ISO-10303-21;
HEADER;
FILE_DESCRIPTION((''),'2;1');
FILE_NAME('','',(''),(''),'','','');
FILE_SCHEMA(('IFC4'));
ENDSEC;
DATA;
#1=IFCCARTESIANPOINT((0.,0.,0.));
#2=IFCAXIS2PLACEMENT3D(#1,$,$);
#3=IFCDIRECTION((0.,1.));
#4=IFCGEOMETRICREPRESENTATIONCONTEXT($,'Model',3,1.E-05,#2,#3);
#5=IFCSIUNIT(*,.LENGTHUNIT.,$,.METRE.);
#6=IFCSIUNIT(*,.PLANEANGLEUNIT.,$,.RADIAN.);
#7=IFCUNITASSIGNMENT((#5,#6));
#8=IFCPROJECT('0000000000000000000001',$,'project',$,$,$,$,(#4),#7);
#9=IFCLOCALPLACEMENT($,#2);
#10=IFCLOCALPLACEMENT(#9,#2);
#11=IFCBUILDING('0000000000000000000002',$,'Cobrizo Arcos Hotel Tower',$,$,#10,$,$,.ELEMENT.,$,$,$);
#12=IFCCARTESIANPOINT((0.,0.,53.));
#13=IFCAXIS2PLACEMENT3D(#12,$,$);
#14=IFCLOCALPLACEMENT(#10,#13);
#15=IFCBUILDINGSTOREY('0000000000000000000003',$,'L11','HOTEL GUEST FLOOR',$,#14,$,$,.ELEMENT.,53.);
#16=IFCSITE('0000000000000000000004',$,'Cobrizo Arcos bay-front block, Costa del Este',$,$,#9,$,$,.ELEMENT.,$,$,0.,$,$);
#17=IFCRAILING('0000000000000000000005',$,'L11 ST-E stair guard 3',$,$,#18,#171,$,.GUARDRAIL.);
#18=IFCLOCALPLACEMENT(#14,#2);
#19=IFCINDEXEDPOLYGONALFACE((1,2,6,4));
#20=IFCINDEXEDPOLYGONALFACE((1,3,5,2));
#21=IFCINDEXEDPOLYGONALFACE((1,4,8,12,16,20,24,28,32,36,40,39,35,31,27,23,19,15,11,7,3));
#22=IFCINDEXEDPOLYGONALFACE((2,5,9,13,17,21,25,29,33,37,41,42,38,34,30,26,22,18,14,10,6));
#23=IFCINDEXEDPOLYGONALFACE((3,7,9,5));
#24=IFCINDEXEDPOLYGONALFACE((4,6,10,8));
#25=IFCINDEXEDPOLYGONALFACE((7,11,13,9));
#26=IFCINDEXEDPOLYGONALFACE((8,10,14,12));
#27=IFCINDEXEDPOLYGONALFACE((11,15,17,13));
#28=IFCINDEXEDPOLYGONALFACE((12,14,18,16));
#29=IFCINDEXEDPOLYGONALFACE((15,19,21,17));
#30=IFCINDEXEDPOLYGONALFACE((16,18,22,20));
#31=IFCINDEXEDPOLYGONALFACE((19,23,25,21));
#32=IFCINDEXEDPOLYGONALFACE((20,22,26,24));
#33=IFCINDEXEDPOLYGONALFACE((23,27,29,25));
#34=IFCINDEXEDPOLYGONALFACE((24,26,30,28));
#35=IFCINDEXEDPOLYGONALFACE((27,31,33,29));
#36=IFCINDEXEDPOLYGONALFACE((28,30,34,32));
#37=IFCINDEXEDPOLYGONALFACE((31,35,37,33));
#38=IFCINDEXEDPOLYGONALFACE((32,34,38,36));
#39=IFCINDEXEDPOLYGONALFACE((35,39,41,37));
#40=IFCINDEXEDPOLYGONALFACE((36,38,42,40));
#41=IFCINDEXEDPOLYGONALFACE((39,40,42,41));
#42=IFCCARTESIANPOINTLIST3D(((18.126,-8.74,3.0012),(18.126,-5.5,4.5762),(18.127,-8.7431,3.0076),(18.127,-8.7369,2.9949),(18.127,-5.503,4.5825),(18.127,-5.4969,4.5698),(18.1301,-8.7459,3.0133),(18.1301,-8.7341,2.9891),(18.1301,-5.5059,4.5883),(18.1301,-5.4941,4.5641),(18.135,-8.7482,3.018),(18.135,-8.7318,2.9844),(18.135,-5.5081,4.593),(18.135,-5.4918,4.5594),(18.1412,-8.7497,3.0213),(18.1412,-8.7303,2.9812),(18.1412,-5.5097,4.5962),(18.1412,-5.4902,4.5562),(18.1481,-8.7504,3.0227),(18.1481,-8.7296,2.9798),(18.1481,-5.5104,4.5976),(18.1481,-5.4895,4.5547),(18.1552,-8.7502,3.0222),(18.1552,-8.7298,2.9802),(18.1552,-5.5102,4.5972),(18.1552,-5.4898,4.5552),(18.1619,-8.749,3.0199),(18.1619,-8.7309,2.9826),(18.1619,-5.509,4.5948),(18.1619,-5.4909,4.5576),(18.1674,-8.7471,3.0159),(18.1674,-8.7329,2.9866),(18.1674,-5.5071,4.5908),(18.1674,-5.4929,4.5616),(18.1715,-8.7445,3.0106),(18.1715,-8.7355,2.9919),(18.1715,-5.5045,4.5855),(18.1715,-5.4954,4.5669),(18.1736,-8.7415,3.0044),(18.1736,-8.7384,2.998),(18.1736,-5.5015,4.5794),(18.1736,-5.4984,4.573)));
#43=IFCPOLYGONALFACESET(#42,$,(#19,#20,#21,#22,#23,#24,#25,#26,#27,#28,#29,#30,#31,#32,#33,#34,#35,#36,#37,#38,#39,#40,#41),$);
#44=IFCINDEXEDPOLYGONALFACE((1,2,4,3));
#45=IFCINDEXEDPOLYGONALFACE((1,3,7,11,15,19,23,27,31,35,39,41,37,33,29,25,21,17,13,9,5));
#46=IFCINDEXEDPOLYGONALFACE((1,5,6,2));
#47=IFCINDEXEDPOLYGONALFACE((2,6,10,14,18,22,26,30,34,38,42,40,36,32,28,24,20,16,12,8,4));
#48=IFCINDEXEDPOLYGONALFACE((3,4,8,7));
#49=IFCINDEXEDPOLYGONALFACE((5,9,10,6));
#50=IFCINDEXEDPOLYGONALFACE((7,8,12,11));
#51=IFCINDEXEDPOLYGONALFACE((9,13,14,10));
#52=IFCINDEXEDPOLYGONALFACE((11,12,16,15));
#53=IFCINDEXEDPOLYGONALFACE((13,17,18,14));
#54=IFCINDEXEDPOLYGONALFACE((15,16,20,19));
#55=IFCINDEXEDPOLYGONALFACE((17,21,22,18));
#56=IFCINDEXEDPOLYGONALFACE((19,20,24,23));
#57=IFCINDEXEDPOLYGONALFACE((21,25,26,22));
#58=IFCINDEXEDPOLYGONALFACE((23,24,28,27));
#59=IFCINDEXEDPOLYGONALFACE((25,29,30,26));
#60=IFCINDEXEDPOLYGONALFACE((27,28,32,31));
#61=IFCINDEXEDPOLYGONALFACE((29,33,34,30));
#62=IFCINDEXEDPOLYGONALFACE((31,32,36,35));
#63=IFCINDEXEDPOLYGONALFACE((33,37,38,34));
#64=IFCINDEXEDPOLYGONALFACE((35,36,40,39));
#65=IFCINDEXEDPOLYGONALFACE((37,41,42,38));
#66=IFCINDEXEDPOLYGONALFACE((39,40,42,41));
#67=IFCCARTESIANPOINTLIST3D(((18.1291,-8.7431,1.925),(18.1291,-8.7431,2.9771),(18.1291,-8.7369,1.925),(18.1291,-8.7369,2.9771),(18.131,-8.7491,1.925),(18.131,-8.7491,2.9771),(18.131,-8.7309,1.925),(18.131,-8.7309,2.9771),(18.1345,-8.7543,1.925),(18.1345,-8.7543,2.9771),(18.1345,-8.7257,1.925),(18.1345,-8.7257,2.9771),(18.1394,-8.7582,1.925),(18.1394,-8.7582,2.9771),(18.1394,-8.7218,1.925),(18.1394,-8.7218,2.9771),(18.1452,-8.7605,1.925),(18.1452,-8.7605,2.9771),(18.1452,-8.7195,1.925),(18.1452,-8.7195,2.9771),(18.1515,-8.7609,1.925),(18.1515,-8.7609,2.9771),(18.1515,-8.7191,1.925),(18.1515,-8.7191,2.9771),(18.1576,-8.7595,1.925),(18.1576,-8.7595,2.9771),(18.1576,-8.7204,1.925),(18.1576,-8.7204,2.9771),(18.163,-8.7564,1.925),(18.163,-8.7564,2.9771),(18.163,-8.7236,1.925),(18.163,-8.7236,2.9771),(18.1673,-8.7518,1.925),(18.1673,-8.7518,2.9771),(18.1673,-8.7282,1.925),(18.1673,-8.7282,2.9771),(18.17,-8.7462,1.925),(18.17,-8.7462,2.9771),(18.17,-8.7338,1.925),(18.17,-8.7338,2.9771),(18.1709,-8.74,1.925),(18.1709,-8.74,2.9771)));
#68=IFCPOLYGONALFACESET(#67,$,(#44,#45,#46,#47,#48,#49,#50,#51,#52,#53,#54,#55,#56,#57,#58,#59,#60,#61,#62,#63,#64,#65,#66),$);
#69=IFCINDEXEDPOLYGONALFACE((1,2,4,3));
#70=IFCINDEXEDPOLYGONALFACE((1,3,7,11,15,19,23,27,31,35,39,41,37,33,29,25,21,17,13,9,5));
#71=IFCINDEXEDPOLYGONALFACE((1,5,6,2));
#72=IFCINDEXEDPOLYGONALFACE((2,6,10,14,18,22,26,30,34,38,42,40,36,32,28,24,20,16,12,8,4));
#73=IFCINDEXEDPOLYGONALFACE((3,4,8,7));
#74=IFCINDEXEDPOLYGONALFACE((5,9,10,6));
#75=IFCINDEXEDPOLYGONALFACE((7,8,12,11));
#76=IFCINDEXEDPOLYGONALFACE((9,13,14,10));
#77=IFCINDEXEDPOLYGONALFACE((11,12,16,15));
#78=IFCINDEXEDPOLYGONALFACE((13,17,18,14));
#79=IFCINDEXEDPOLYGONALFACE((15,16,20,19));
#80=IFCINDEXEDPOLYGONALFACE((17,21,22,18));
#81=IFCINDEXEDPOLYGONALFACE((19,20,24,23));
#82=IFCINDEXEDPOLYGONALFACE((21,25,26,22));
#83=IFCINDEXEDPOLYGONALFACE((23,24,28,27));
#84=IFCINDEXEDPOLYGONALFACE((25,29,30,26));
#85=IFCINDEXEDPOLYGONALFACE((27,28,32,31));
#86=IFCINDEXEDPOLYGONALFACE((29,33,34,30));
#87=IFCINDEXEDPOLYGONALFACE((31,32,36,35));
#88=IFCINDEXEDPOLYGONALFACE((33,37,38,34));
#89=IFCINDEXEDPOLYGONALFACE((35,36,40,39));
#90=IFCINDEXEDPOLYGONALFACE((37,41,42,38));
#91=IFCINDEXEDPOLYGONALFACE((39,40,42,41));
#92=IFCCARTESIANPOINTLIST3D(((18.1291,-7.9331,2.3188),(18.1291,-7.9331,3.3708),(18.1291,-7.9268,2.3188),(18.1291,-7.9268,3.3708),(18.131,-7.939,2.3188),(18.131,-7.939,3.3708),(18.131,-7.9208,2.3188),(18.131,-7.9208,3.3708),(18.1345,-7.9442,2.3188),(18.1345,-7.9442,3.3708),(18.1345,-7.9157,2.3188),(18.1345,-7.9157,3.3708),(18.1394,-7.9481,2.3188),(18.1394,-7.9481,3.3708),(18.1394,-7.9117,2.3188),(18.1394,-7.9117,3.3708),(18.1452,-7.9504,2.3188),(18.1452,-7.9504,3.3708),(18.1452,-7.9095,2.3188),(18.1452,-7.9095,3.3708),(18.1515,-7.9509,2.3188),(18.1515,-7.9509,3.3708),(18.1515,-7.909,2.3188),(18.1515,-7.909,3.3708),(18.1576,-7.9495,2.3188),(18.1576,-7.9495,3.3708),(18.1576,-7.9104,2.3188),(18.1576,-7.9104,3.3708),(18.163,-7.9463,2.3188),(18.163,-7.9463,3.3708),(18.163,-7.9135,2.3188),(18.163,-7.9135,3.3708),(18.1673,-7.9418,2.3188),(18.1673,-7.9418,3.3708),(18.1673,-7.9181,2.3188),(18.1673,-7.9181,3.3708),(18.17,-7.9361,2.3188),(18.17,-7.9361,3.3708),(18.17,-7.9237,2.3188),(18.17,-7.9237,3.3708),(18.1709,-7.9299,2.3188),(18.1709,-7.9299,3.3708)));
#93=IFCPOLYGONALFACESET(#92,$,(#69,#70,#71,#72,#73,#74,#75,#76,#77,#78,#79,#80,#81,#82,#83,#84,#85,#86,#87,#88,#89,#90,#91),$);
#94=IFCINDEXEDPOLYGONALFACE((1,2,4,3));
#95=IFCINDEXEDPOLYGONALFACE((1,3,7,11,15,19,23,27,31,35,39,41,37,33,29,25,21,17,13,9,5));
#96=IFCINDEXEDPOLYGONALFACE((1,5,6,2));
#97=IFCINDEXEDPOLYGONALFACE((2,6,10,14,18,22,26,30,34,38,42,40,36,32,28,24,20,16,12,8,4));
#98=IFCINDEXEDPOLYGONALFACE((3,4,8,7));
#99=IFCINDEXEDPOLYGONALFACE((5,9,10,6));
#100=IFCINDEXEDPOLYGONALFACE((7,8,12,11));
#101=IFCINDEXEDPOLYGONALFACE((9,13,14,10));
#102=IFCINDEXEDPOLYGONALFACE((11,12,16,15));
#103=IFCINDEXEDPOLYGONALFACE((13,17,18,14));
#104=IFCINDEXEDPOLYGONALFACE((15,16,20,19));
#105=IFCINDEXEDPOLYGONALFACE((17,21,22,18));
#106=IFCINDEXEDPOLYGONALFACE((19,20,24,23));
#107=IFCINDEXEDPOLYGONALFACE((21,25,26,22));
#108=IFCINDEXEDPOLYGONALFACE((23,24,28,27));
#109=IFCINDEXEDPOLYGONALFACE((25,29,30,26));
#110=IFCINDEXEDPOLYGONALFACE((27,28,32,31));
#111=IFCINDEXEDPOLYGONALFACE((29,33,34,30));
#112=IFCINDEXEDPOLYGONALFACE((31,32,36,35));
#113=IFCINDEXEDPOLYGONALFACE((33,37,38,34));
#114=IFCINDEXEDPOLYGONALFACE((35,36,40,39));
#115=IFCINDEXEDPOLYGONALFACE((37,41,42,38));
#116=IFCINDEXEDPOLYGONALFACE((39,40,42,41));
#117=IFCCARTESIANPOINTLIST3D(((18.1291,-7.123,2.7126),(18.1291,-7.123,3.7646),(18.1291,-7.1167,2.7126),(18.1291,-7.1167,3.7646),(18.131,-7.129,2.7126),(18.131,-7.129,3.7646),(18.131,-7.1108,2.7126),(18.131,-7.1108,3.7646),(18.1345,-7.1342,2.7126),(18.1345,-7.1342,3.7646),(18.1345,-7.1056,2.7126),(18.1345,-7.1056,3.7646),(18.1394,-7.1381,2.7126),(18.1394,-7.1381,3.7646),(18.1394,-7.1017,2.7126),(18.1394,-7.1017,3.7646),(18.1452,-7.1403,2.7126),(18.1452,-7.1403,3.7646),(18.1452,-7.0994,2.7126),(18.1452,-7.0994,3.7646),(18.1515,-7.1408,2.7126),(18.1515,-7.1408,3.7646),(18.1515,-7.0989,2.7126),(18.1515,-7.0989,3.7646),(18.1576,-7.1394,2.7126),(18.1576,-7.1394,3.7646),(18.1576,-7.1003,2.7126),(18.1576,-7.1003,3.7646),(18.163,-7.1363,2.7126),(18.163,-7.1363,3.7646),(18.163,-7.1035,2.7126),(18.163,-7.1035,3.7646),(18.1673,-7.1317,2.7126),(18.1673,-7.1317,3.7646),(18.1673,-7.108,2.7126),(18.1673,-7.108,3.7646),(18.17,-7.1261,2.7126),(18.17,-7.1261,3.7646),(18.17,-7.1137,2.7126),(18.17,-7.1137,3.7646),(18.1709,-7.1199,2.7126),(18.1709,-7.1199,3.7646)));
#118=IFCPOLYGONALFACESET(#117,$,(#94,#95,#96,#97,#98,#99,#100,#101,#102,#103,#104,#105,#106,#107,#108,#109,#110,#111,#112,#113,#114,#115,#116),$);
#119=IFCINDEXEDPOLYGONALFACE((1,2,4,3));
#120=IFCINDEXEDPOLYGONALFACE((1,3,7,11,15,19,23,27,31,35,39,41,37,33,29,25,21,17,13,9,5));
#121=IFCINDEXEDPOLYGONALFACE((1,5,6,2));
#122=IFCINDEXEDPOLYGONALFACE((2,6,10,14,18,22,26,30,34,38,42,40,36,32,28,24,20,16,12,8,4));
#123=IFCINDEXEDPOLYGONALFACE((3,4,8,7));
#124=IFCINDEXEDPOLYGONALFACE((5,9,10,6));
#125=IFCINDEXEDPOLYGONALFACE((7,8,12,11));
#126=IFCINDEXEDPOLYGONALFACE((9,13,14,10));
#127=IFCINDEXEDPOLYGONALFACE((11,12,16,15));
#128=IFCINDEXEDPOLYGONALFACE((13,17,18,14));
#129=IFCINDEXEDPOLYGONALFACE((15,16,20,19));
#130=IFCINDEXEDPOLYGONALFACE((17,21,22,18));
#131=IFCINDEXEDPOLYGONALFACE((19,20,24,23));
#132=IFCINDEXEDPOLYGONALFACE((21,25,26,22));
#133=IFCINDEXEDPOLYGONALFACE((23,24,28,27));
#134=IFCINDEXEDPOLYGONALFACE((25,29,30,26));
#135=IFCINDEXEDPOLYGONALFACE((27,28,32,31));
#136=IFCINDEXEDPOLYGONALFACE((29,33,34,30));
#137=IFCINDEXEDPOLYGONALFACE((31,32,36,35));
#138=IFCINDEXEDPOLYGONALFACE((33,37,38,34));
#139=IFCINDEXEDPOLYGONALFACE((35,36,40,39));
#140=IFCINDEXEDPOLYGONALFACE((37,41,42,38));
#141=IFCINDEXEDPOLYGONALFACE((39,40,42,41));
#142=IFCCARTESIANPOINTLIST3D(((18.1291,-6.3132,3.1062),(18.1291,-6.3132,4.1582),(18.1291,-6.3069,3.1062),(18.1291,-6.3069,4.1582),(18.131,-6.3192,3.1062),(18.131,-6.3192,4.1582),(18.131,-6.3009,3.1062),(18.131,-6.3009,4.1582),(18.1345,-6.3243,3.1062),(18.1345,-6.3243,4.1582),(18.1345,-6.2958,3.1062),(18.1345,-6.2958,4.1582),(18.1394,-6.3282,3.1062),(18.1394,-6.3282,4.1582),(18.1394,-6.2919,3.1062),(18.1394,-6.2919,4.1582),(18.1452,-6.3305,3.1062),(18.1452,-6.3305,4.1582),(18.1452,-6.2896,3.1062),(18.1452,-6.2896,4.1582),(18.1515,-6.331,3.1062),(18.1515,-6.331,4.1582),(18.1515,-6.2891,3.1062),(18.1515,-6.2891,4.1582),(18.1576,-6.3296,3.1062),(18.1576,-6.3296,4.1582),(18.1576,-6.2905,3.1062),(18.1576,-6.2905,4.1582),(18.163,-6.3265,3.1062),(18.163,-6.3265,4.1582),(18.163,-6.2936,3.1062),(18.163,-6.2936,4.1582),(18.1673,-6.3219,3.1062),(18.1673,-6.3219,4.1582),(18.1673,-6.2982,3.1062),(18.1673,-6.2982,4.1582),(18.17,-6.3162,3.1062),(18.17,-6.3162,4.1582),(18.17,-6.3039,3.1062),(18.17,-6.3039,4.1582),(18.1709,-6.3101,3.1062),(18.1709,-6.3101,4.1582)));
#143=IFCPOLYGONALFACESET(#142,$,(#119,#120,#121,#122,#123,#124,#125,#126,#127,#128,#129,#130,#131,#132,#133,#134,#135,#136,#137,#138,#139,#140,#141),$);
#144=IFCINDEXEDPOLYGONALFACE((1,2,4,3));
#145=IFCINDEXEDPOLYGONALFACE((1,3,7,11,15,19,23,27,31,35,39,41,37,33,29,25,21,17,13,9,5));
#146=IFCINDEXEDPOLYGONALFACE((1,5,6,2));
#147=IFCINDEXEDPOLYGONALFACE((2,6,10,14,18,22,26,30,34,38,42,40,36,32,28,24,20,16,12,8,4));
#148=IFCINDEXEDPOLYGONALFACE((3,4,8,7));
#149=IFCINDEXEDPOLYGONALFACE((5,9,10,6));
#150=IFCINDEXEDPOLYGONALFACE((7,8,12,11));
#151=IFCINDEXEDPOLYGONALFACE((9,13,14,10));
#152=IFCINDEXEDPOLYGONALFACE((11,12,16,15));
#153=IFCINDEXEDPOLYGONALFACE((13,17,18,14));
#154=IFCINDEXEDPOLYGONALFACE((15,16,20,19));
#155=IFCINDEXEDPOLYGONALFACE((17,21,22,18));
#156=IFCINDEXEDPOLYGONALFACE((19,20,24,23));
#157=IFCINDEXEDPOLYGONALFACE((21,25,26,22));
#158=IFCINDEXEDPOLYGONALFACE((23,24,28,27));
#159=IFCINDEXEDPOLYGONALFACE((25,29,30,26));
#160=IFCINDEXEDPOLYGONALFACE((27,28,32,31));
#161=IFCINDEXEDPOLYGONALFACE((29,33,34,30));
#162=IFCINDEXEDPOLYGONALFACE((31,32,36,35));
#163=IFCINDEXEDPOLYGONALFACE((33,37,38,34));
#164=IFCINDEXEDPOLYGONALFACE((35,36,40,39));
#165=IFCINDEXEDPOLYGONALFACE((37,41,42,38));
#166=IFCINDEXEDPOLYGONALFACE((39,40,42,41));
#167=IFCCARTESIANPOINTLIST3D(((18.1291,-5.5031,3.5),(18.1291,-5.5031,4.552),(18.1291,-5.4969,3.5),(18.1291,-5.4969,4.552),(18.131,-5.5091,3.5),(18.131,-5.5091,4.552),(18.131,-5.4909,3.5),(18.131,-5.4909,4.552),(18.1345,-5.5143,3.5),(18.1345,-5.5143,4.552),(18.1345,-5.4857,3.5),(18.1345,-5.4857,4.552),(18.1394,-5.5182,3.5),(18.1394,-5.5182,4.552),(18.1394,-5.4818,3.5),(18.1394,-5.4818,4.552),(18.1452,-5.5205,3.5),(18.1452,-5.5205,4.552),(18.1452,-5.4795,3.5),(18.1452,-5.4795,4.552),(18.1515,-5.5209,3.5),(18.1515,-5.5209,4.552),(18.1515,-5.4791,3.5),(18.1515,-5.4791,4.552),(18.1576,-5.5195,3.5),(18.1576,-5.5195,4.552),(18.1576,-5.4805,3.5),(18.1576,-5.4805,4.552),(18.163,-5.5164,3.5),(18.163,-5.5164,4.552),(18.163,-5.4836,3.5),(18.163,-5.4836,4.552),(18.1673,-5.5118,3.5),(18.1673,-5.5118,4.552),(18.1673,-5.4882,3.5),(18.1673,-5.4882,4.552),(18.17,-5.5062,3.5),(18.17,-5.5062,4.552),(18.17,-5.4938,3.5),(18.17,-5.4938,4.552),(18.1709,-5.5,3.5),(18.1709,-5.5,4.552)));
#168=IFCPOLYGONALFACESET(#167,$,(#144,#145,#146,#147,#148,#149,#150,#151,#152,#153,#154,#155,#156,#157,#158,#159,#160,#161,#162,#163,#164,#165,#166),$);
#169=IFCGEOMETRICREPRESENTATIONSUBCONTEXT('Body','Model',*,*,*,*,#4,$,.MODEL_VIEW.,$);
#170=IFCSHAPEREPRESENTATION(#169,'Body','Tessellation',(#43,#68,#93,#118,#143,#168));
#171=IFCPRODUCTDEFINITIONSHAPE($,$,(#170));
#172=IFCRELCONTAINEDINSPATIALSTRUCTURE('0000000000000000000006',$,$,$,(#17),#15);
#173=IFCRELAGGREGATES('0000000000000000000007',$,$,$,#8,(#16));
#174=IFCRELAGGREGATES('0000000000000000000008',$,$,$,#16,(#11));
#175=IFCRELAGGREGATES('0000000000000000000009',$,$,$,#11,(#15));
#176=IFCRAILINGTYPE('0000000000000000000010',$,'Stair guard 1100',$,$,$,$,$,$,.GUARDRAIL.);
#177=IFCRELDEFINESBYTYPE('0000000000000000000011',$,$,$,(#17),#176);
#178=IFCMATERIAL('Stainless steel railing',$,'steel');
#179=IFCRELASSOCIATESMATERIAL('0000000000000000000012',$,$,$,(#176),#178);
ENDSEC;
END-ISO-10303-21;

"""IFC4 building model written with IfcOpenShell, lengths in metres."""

from ifc_helpers import new_model, si_unit, direction, frame, origin, origin_2d, place, context, subcontext, project, spatial, circle, extrude, material, type_object, element, save


model = new_model("IFC4")

# Units and contexts
model_context = context("Model", 3, precision=1e-05, world=origin(), true_north=direction((0.0, 1.0)))
body_context = subcontext(model_context, "Body", "Model", "MODEL_VIEW")
ifc_project = project(units=[si_unit("LENGTHUNIT", "METRE"), si_unit("PLANEANGLEUNIT", "RADIAN")], contexts=[model_context])

# Site, building, storey
site_placement = place(None, origin())
site = spatial("IfcSite", under=ifc_project, at=site_placement, Name="Cobrizo Arcos bay-front block, Costa del Este", CompositionType="ELEMENT", RefElevation=0.0)
building_placement = place(site_placement, origin())
building = spatial("IfcBuilding", under=site, at=building_placement, Name="Cobrizo Arcos Hotel Tower", CompositionType="ELEMENT")
storey_placement = place(building_placement, frame((0.0, 0.0, 53.0)))
storey = spatial("IfcBuildingStorey", under=building, at=storey_placement, Name="L11", Description="HOTEL GUEST FLOOR", CompositionType="ELEMENT", Elevation=53.0)

# Railing
ifc_material_1 = material(Name="Stainless steel railing", Category="steel")
railing_type_1 = type_object("IfcRailingType", Name="Stair guard 1100", PredefinedType="GUARDRAIL", material=ifc_material_1)
railing_1_placement = place(storey_placement, frame((18.1499, -8.74, 1.925)))
element("IfcRailing", 1, at=railing_1_placement, inside=storey, type_object=railing_type_1, Name="L11 ST-E stair guard 3", PredefinedType="GUARDRAIL", context=body_context, shape_type="SweptSolid", body=[
    extrude(circle(Radius=0.0239, at=origin_2d()), frame((0.0, 0.0, 1.0762), z_axis=(0.0, 0.899373, 0.437183), x_axis=(-1.0, 0.0, 0.0)), (0.0, 0.0, 1.0), 3.6025),
    extrude(circle(Radius=0.021, at=origin_2d()), origin(), (0.0, 0.0, 1.0), 1.052),
    extrude(circle(Radius=0.021, at=origin_2d()), frame((0.0, 0.8101, 0.3938)), (0.0, 0.0, 1.0), 1.052),
    extrude(circle(Radius=0.021, at=origin_2d()), frame((0.0, 1.6201, 0.7876)), (0.0, 0.0, 1.0), 1.052),
    extrude(circle(Radius=0.021, at=origin_2d()), frame((0.0, 2.4299, 1.1812)), (0.0, 0.0, 1.0), 1.052),
    extrude(circle(Radius=0.021, at=origin_2d()), frame((0.0, 3.24, 1.575)), (0.0, 0.0, 1.0), 1.052),
])

save(model, "model.ifc")
